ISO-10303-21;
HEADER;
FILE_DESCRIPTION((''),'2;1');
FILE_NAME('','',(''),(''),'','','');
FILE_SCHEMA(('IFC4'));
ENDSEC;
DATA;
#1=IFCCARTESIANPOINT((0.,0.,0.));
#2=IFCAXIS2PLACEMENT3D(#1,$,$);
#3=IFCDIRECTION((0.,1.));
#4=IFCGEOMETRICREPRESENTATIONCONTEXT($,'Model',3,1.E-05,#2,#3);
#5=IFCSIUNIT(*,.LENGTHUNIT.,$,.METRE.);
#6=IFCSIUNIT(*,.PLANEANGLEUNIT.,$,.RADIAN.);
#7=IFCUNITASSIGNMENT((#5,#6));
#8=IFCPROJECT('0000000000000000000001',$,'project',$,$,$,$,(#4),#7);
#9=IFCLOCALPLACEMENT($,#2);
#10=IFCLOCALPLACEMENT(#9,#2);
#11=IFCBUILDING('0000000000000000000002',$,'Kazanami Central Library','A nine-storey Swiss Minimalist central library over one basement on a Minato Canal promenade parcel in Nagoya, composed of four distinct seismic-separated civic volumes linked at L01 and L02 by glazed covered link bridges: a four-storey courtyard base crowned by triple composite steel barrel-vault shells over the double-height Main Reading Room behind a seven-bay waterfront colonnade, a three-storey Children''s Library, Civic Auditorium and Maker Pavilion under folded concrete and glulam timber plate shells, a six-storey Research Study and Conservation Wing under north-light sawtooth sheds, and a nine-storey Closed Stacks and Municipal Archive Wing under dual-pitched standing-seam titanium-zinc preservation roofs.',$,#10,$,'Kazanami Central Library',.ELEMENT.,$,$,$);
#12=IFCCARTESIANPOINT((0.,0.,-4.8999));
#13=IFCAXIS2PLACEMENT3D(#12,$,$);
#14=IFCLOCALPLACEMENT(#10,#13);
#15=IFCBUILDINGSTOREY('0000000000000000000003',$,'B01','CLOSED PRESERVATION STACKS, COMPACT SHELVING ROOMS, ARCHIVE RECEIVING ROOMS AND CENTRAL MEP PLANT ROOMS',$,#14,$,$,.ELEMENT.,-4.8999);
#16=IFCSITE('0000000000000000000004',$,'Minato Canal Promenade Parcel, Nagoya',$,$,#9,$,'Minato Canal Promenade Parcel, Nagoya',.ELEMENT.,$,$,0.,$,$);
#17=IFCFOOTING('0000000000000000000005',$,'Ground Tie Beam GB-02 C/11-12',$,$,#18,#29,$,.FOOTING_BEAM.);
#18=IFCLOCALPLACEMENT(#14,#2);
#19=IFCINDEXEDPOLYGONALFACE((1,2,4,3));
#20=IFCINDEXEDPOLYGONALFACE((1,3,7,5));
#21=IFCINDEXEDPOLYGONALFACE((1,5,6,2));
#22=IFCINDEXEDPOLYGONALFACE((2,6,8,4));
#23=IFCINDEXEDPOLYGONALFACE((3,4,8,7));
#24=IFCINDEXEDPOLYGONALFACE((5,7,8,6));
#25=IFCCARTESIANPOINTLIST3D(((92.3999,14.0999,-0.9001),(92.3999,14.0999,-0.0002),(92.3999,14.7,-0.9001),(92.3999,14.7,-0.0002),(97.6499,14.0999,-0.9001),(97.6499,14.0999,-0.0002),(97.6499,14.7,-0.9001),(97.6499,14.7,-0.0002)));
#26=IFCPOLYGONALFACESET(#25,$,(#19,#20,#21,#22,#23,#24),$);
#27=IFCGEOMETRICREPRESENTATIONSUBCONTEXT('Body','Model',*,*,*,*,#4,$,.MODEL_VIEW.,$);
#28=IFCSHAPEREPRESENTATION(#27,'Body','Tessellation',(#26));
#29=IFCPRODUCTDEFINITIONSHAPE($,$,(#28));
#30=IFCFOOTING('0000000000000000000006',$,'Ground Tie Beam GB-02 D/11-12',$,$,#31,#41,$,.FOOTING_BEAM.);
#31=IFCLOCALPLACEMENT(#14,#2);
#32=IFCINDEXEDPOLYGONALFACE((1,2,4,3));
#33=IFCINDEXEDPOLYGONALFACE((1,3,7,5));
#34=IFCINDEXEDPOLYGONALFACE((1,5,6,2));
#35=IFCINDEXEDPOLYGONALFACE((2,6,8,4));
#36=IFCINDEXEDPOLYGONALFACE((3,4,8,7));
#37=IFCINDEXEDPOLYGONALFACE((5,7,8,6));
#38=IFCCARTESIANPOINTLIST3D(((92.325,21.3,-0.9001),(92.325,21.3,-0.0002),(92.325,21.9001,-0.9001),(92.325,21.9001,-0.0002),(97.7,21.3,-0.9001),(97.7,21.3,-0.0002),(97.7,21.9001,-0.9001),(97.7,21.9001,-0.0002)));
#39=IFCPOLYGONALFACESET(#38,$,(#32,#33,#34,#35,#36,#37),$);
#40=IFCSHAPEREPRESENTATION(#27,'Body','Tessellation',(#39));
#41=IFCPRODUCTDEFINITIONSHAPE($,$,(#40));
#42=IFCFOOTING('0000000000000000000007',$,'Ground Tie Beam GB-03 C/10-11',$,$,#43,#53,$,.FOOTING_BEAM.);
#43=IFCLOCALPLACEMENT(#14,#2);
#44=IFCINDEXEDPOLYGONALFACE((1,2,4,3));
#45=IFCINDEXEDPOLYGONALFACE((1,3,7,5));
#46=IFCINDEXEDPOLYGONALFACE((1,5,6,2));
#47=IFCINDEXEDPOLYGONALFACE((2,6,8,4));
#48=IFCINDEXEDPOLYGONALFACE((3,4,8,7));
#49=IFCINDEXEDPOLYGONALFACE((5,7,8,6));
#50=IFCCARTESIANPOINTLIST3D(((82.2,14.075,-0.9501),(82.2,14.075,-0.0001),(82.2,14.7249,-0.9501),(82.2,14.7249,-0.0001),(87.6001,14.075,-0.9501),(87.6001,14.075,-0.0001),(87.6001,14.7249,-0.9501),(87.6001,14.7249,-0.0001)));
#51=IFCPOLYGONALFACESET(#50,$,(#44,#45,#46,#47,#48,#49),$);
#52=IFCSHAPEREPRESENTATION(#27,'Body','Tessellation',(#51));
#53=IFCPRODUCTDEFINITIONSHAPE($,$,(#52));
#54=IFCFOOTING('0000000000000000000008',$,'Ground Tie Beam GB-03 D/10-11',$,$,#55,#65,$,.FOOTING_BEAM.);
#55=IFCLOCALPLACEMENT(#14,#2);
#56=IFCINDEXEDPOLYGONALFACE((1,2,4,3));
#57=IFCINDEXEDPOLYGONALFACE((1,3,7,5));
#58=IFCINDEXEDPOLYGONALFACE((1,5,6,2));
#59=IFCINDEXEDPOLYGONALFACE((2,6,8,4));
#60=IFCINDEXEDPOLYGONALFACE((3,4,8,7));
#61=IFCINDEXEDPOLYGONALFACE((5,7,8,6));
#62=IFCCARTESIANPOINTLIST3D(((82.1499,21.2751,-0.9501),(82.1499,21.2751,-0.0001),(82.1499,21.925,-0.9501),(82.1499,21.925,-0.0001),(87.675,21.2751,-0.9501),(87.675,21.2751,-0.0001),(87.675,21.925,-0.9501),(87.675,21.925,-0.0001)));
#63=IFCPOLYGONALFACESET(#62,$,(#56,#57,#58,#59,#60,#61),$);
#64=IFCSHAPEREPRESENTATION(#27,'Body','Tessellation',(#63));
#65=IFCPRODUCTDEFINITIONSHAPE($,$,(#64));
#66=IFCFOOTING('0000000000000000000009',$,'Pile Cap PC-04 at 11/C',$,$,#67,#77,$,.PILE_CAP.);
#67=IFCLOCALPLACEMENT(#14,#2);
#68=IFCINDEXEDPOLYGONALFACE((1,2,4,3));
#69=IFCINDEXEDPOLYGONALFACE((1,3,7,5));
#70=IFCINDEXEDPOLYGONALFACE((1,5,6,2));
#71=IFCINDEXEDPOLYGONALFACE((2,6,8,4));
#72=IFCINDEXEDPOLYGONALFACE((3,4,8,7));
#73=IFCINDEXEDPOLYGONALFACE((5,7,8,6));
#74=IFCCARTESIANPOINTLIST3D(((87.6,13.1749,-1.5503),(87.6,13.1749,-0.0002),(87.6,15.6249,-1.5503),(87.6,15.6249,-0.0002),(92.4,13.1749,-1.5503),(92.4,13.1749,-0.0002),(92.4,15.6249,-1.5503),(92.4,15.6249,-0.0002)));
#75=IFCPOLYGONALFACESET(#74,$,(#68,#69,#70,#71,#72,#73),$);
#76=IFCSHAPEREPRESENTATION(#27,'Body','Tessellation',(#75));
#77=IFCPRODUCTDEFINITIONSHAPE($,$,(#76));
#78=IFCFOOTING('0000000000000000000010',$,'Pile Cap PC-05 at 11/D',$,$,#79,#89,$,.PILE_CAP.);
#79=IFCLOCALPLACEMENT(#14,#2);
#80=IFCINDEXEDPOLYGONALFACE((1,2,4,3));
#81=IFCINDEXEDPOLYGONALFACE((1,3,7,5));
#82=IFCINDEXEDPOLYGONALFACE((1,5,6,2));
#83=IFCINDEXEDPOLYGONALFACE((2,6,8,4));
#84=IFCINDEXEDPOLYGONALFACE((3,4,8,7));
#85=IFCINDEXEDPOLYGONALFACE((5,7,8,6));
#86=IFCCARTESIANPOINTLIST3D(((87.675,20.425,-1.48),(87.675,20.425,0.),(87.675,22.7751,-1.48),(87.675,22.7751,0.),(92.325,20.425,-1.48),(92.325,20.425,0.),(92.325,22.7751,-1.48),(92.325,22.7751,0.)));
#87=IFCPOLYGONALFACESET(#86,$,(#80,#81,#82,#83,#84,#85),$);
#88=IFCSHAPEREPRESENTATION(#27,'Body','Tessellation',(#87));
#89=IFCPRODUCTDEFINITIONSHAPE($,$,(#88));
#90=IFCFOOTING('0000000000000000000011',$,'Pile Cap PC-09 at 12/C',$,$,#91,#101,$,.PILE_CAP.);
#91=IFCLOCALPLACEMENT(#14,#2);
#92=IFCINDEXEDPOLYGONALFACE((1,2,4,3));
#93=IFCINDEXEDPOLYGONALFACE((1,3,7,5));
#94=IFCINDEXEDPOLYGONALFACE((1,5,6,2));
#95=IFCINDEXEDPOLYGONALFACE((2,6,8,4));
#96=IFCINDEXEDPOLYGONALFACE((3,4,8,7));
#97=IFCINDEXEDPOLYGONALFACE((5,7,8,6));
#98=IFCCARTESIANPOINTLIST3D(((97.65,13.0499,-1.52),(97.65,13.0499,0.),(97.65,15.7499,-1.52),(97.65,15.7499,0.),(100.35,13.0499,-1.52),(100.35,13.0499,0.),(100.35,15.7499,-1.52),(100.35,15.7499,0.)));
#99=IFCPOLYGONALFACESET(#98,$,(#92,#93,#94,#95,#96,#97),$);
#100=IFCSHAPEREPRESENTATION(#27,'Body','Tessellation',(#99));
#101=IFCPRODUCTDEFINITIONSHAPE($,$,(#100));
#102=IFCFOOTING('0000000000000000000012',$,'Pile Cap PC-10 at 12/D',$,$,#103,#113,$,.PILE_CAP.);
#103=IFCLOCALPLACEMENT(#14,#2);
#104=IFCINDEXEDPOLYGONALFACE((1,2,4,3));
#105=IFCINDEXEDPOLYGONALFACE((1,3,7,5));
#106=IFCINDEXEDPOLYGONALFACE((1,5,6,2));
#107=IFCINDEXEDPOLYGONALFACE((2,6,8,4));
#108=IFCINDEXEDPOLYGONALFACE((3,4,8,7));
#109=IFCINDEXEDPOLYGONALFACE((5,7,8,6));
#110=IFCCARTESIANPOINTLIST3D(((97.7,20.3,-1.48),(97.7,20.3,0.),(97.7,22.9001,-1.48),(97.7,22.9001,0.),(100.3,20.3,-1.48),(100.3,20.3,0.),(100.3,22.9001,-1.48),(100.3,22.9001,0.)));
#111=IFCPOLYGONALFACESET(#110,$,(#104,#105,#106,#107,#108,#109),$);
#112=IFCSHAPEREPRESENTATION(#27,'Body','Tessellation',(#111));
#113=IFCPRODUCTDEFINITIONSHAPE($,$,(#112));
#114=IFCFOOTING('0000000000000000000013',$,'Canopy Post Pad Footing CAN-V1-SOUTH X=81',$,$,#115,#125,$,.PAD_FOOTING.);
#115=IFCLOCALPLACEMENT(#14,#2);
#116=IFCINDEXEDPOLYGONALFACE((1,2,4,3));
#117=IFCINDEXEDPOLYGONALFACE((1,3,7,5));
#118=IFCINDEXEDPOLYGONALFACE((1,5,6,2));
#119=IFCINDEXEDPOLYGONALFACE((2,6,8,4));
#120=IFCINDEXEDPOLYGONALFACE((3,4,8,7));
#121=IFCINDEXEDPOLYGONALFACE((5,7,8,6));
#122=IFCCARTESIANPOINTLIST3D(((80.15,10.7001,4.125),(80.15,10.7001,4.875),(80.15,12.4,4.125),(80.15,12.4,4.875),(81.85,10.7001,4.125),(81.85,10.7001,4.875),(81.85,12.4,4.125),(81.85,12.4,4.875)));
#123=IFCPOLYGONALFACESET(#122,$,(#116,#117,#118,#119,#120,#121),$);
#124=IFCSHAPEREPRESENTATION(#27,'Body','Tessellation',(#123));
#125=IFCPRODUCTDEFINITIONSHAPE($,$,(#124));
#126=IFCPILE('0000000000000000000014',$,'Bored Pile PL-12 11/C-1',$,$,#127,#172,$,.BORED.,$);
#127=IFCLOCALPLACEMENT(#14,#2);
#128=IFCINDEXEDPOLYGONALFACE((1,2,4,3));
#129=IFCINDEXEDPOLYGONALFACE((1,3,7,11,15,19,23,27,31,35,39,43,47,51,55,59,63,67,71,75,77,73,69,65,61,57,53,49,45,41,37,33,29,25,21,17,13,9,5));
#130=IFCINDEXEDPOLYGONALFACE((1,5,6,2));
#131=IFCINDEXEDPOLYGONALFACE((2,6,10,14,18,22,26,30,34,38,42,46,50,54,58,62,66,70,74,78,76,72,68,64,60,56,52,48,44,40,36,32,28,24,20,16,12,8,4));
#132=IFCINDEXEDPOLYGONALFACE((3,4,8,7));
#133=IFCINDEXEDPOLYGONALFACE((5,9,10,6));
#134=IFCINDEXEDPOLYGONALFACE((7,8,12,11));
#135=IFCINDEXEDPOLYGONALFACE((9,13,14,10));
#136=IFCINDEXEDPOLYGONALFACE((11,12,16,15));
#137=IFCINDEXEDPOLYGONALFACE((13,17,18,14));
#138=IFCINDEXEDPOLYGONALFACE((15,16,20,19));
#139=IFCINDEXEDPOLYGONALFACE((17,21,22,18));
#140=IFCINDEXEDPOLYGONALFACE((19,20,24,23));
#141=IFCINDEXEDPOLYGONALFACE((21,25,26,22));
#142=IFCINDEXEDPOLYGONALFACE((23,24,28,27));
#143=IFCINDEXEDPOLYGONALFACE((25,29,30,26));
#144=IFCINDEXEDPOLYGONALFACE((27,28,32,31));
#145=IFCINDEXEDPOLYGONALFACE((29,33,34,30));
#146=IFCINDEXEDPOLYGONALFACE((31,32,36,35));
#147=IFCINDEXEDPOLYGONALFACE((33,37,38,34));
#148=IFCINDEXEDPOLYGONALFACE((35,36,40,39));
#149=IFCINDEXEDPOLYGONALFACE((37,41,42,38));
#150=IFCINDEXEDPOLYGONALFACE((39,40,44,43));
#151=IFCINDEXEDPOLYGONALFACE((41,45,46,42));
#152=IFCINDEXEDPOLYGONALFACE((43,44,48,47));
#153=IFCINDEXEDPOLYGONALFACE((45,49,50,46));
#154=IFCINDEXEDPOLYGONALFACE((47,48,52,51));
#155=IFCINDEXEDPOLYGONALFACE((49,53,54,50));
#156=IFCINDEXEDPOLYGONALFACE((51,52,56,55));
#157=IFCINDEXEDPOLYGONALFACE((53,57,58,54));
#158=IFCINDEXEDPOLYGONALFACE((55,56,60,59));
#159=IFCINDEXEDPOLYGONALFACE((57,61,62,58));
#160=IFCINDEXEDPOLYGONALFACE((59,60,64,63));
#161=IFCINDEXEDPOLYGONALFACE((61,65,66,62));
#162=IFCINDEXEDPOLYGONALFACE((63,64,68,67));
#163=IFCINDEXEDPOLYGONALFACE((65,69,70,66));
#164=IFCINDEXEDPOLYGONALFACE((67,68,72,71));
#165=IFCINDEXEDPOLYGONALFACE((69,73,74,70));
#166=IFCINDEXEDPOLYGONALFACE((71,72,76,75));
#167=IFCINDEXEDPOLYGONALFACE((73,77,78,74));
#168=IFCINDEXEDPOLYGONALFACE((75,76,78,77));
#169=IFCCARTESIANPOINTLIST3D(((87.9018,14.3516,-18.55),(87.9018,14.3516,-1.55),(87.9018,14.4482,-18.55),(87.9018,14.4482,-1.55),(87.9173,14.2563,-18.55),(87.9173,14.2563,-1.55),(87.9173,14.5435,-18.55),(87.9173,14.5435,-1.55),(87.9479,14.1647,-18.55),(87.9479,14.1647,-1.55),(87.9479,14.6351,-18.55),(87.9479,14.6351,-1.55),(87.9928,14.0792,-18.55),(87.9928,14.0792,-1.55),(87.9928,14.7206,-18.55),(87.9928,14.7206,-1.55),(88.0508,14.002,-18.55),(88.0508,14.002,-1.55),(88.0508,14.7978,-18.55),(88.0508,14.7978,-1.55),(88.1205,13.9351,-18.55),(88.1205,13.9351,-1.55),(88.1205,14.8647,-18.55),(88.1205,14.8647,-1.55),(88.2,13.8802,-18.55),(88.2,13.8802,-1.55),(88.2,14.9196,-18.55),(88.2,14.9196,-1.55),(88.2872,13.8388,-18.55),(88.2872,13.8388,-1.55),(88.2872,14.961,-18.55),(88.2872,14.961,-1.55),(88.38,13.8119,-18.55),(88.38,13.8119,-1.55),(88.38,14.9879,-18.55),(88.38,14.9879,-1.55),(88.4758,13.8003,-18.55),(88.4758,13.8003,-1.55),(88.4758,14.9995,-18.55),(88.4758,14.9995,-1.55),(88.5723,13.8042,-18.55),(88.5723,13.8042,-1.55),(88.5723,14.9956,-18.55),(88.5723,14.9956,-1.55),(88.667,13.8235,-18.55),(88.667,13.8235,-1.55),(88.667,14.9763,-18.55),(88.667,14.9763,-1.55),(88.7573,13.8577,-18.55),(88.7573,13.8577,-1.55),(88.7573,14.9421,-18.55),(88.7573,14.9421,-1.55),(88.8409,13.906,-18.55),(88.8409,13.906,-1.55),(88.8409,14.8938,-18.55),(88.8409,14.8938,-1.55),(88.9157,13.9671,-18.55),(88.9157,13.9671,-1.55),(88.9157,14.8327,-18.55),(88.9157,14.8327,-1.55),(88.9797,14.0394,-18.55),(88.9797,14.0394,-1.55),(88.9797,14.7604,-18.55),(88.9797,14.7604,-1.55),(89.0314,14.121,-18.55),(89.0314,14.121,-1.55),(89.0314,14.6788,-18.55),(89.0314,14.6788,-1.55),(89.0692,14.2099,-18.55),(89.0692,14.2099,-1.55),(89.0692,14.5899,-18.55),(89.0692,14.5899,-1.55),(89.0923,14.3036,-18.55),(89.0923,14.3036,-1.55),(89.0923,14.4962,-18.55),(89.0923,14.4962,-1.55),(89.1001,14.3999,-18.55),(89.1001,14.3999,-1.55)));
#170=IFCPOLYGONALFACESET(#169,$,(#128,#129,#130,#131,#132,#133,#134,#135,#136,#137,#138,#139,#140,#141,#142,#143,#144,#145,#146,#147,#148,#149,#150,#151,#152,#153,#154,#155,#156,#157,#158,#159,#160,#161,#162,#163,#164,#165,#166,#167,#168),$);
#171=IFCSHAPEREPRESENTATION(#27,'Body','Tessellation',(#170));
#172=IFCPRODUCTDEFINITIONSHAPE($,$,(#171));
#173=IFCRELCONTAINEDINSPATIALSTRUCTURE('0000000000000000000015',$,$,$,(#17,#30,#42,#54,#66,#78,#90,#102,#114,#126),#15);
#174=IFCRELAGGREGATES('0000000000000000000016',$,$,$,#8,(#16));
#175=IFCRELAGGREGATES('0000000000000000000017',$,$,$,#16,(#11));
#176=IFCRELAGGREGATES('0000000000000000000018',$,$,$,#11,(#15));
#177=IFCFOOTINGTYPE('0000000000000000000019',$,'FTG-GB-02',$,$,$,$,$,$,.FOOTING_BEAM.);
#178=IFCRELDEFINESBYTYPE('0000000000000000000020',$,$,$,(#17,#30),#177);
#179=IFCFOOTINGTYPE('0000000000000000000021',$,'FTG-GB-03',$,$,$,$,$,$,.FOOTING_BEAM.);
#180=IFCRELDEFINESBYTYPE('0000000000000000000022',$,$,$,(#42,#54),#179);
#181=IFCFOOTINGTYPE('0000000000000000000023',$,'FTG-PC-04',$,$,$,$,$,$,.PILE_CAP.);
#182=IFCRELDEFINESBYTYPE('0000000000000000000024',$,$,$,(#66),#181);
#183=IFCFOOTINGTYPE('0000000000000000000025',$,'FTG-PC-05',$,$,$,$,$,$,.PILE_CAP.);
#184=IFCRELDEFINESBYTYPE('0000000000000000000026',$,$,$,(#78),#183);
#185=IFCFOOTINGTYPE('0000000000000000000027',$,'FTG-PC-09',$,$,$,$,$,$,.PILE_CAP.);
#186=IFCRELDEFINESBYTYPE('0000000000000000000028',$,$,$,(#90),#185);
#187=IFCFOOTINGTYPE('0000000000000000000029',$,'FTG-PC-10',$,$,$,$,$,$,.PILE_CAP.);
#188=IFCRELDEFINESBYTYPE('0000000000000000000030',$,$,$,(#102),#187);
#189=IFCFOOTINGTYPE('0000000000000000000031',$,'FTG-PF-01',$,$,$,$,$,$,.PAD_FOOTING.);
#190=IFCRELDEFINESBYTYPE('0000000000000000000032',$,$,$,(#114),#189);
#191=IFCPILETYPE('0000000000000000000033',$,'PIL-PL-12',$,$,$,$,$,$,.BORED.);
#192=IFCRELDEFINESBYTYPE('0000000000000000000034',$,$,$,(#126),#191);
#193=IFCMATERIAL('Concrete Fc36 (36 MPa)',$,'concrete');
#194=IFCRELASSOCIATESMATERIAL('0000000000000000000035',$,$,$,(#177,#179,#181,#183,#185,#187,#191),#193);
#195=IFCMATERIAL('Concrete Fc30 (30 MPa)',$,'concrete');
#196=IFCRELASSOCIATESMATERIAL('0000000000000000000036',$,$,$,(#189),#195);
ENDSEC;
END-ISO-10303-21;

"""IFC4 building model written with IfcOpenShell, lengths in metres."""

from ifc_helpers import new_model, si_unit, direction, frame, origin, origin_2d, place, context, subcontext, project, spatial, rectangle, circle, extrude, material, material_profile, profile_set, type_object, element, save


model = new_model("IFC4")

# Units and contexts
model_context = context("Model", 3, precision=1e-05, world=origin(), true_north=direction((0.0, 1.0)))
body_context = subcontext(model_context, "Body", "Model", "MODEL_VIEW")
ifc_project = project(units=[si_unit("LENGTHUNIT", "METRE"), si_unit("PLANEANGLEUNIT", "RADIAN")], contexts=[model_context])

# Site, building, storey
site_placement = place(None, origin())
site = spatial("IfcSite", under=ifc_project, at=site_placement, Name="Minato Canal Promenade Parcel, Nagoya", LongName="Minato Canal Promenade Parcel, Nagoya", CompositionType="ELEMENT", RefElevation=0.0)
building_placement = place(site_placement, origin())
building = spatial("IfcBuilding", under=site, at=building_placement, Name="Kazanami Central Library", Description="A nine-storey Swiss Minimalist central library over one basement on a Minato Canal promenade parcel in Nagoya, composed of four distinct seismic-separated civic volumes linked at L01 and L02 by glazed covered link bridges: a four-storey courtyard base crowned by triple composite steel barrel-vault shells over the double-height Main Reading Room behind a seven-bay waterfront colonnade, a three-storey Children's Library, Civic Auditorium and Maker Pavilion under folded concrete and glulam timber plate shells, a six-storey Research Study and Conservation Wing under north-light sawtooth sheds, and a nine-storey Closed Stacks and Municipal Archive Wing under dual-pitched standing-seam titanium-zinc preservation roofs.", LongName="Kazanami Central Library", CompositionType="ELEMENT")
storey_placement = place(building_placement, frame((0.0, 0.0, -4.8999)))
storey = spatial("IfcBuildingStorey", under=building, at=storey_placement, Name="B01", Description="CLOSED PRESERVATION STACKS, COMPACT SHELVING ROOMS, ARCHIVE RECEIVING ROOMS AND CENTRAL MEP PLANT ROOMS", CompositionType="ELEMENT", Elevation=-4.8999)

# Footings
ifc_material_1 = material(Name="Concrete Fc36 (36 MPa)", Category="concrete")
ifc_material_profile_1 = material_profile(ifc_material_1, rectangle(XDim=0.6001, YDim=0.8999, at=origin_2d()), Name="RC-600x900")
ifc_profile_set_1 = profile_set([ifc_material_profile_1], Name="Concrete Fc36 (36 MPa)")
footing_type_1 = type_object("IfcFootingType", Name="FTG-GB-02", PredefinedType="FOOTING_BEAM", material=ifc_profile_set_1)
footing_1_placement = place(storey_placement, frame((92.3999, 14.3999, -0.4502), z_axis=(1.0, 0.0, 0.0), x_axis=(0.0, 1.0, 0.0)))
element("IfcFooting", 1, at=footing_1_placement, inside=storey, type_object=footing_type_1, Name="Ground Tie Beam GB-02 C/11-12", PredefinedType="FOOTING_BEAM", context=body_context, shape_type="SweptSolid", body=[
    extrude(rectangle(XDim=0.6001, YDim=0.8999, at=origin_2d()), origin(), (0.0, 0.0, 1.0), 5.25),
])
footing_2_placement = place(storey_placement, frame((92.325, 21.6001, -0.4502), z_axis=(1.0, 0.0, 0.0), x_axis=(0.0, 1.0, 0.0)))
element("IfcFooting", 2, at=footing_2_placement, inside=storey, type_object=footing_type_1, Name="Ground Tie Beam GB-02 D/11-12", PredefinedType="FOOTING_BEAM", context=body_context, shape_type="SweptSolid", body=[
    extrude(rectangle(XDim=0.6001, YDim=0.8999, at=origin_2d()), origin(), (0.0, 0.0, 1.0), 5.375),
])
ifc_material_profile_2 = material_profile(ifc_material_1, rectangle(XDim=0.6499, YDim=0.95, at=origin_2d()), Name="RC-650x950")
ifc_profile_set_2 = profile_set([ifc_material_profile_2], Name="Concrete Fc36 (36 MPa)")
footing_type_2 = type_object("IfcFootingType", Name="FTG-GB-03", PredefinedType="FOOTING_BEAM", material=ifc_profile_set_2)
footing_3_placement = place(storey_placement, frame((82.2, 14.3999, -0.4751), z_axis=(1.0, 0.0, 0.0), x_axis=(0.0, 1.0, 0.0)))
element("IfcFooting", 3, at=footing_3_placement, inside=storey, type_object=footing_type_2, Name="Ground Tie Beam GB-03 C/10-11", PredefinedType="FOOTING_BEAM", context=body_context, shape_type="SweptSolid", body=[
    extrude(rectangle(XDim=0.6499, YDim=0.95, at=origin_2d()), origin(), (0.0, 0.0, 1.0), 5.4001),
])
footing_4_placement = place(storey_placement, frame((82.1499, 21.6001, -0.4751), z_axis=(1.0, 0.0, 0.0), x_axis=(0.0, 1.0, 0.0)))
element("IfcFooting", 4, at=footing_4_placement, inside=storey, type_object=footing_type_2, Name="Ground Tie Beam GB-03 D/10-11", PredefinedType="FOOTING_BEAM", context=body_context, shape_type="SweptSolid", body=[
    extrude(rectangle(XDim=0.6499, YDim=0.95, at=origin_2d()), origin(), (0.0, 0.0, 1.0), 5.5251),
])
footing_type_3 = type_object("IfcFootingType", Name="FTG-PC-04", PredefinedType="PILE_CAP", material=ifc_material_1)
footing_5_placement = place(storey_placement, frame((90.0, 14.3999, -1.5503), z_axis=(0.0, 0.0, 1.0), x_axis=(1.0, 0.0, 0.0)))
element("IfcFooting", 5, at=footing_5_placement, inside=storey, type_object=footing_type_3, Name="Pile Cap PC-04 at 11/C", PredefinedType="PILE_CAP", context=body_context, shape_type="SweptSolid", body=[
    extrude(rectangle(XDim=4.8, YDim=2.45, at=origin_2d()), origin(), (0.0, 0.0, 1.0), 1.55),
])
footing_type_4 = type_object("IfcFootingType", Name="FTG-PC-05", PredefinedType="PILE_CAP", material=ifc_material_1)
footing_6_placement = place(storey_placement, frame((90.0, 21.6001, -1.48), z_axis=(0.0, 0.0, 1.0), x_axis=(1.0, 0.0, 0.0)))
element("IfcFooting", 6, at=footing_6_placement, inside=storey, type_object=footing_type_4, Name="Pile Cap PC-05 at 11/D", PredefinedType="PILE_CAP", context=body_context, shape_type="SweptSolid", body=[
    extrude(rectangle(XDim=4.6499, YDim=2.3501, at=origin_2d()), origin(), (0.0, 0.0, 1.0), 1.48),
])
footing_type_5 = type_object("IfcFootingType", Name="FTG-PC-09", PredefinedType="PILE_CAP", material=ifc_material_1)
footing_7_placement = place(storey_placement, frame((99.0, 14.3999, -1.52), z_axis=(0.0, 0.0, 1.0), x_axis=(1.0, 0.0, 0.0)))
element("IfcFooting", 7, at=footing_7_placement, inside=storey, type_object=footing_type_5, Name="Pile Cap PC-09 at 12/C", PredefinedType="PILE_CAP", context=body_context, shape_type="SweptSolid", body=[
    extrude(rectangle(XDim=2.7, YDim=2.7, at=origin_2d()), origin(), (0.0, 0.0, 1.0), 1.52),
])
footing_type_6 = type_object("IfcFootingType", Name="FTG-PC-10", PredefinedType="PILE_CAP", material=ifc_material_1)
footing_8_placement = place(storey_placement, frame((99.0, 21.6001, -1.48), z_axis=(0.0, 0.0, 1.0), x_axis=(1.0, 0.0, 0.0)))
element("IfcFooting", 8, at=footing_8_placement, inside=storey, type_object=footing_type_6, Name="Pile Cap PC-10 at 12/D", PredefinedType="PILE_CAP", context=body_context, shape_type="SweptSolid", body=[
    extrude(rectangle(XDim=2.6001, YDim=2.6001, at=origin_2d()), origin(), (0.0, 0.0, 1.0), 1.48),
])
ifc_material_2 = material(Name="Concrete Fc30 (30 MPa)", Category="concrete")
footing_type_7 = type_object("IfcFootingType", Name="FTG-PF-01", PredefinedType="PAD_FOOTING", material=ifc_material_2)
footing_9_placement = place(storey_placement, frame((81.0, 11.55, 4.125), z_axis=(0.0, 0.0, 1.0), x_axis=(1.0, 0.0, 0.0)))
element("IfcFooting", 9, at=footing_9_placement, inside=storey, type_object=footing_type_7, Name="Canopy Post Pad Footing CAN-V1-SOUTH X=81", PredefinedType="PAD_FOOTING", context=body_context, shape_type="SweptSolid", body=[
    extrude(rectangle(XDim=1.7, YDim=1.7, at=origin_2d()), origin(), (0.0, 0.0, 1.0), 0.75),
])

# Pile
ifc_material_profile_3 = material_profile(ifc_material_1, circle(Radius=0.6001, at=origin_2d()), Name="BORED-D1200")
ifc_profile_set_3 = profile_set([ifc_material_profile_3], Name="Concrete Fc36 (36 MPa)")
pile_type_1 = type_object("IfcPileType", Name="PIL-PL-12", PredefinedType="BORED", material=ifc_profile_set_3)
for number, where, z_axis, x_axis, name in (
    (10, (88.5, 14.3999, -1.55), (0.0, 0.0, -1.0), (1.0, 0.0, 0.0), "Bored Pile PL-12 11/C-1"),
):
    element("IfcPile", number, at=place(storey_placement, frame(where, z_axis=z_axis, x_axis=x_axis)), inside=storey, type_object=pile_type_1, Name=name, PredefinedType="BORED", context=body_context, shape_type="SweptSolid", body=[
        extrude(circle(Radius=0.6001, at=origin_2d()), origin(), (0.0, 0.0, 1.0), 17.0),
    ])

save(model, "model.ifc")
